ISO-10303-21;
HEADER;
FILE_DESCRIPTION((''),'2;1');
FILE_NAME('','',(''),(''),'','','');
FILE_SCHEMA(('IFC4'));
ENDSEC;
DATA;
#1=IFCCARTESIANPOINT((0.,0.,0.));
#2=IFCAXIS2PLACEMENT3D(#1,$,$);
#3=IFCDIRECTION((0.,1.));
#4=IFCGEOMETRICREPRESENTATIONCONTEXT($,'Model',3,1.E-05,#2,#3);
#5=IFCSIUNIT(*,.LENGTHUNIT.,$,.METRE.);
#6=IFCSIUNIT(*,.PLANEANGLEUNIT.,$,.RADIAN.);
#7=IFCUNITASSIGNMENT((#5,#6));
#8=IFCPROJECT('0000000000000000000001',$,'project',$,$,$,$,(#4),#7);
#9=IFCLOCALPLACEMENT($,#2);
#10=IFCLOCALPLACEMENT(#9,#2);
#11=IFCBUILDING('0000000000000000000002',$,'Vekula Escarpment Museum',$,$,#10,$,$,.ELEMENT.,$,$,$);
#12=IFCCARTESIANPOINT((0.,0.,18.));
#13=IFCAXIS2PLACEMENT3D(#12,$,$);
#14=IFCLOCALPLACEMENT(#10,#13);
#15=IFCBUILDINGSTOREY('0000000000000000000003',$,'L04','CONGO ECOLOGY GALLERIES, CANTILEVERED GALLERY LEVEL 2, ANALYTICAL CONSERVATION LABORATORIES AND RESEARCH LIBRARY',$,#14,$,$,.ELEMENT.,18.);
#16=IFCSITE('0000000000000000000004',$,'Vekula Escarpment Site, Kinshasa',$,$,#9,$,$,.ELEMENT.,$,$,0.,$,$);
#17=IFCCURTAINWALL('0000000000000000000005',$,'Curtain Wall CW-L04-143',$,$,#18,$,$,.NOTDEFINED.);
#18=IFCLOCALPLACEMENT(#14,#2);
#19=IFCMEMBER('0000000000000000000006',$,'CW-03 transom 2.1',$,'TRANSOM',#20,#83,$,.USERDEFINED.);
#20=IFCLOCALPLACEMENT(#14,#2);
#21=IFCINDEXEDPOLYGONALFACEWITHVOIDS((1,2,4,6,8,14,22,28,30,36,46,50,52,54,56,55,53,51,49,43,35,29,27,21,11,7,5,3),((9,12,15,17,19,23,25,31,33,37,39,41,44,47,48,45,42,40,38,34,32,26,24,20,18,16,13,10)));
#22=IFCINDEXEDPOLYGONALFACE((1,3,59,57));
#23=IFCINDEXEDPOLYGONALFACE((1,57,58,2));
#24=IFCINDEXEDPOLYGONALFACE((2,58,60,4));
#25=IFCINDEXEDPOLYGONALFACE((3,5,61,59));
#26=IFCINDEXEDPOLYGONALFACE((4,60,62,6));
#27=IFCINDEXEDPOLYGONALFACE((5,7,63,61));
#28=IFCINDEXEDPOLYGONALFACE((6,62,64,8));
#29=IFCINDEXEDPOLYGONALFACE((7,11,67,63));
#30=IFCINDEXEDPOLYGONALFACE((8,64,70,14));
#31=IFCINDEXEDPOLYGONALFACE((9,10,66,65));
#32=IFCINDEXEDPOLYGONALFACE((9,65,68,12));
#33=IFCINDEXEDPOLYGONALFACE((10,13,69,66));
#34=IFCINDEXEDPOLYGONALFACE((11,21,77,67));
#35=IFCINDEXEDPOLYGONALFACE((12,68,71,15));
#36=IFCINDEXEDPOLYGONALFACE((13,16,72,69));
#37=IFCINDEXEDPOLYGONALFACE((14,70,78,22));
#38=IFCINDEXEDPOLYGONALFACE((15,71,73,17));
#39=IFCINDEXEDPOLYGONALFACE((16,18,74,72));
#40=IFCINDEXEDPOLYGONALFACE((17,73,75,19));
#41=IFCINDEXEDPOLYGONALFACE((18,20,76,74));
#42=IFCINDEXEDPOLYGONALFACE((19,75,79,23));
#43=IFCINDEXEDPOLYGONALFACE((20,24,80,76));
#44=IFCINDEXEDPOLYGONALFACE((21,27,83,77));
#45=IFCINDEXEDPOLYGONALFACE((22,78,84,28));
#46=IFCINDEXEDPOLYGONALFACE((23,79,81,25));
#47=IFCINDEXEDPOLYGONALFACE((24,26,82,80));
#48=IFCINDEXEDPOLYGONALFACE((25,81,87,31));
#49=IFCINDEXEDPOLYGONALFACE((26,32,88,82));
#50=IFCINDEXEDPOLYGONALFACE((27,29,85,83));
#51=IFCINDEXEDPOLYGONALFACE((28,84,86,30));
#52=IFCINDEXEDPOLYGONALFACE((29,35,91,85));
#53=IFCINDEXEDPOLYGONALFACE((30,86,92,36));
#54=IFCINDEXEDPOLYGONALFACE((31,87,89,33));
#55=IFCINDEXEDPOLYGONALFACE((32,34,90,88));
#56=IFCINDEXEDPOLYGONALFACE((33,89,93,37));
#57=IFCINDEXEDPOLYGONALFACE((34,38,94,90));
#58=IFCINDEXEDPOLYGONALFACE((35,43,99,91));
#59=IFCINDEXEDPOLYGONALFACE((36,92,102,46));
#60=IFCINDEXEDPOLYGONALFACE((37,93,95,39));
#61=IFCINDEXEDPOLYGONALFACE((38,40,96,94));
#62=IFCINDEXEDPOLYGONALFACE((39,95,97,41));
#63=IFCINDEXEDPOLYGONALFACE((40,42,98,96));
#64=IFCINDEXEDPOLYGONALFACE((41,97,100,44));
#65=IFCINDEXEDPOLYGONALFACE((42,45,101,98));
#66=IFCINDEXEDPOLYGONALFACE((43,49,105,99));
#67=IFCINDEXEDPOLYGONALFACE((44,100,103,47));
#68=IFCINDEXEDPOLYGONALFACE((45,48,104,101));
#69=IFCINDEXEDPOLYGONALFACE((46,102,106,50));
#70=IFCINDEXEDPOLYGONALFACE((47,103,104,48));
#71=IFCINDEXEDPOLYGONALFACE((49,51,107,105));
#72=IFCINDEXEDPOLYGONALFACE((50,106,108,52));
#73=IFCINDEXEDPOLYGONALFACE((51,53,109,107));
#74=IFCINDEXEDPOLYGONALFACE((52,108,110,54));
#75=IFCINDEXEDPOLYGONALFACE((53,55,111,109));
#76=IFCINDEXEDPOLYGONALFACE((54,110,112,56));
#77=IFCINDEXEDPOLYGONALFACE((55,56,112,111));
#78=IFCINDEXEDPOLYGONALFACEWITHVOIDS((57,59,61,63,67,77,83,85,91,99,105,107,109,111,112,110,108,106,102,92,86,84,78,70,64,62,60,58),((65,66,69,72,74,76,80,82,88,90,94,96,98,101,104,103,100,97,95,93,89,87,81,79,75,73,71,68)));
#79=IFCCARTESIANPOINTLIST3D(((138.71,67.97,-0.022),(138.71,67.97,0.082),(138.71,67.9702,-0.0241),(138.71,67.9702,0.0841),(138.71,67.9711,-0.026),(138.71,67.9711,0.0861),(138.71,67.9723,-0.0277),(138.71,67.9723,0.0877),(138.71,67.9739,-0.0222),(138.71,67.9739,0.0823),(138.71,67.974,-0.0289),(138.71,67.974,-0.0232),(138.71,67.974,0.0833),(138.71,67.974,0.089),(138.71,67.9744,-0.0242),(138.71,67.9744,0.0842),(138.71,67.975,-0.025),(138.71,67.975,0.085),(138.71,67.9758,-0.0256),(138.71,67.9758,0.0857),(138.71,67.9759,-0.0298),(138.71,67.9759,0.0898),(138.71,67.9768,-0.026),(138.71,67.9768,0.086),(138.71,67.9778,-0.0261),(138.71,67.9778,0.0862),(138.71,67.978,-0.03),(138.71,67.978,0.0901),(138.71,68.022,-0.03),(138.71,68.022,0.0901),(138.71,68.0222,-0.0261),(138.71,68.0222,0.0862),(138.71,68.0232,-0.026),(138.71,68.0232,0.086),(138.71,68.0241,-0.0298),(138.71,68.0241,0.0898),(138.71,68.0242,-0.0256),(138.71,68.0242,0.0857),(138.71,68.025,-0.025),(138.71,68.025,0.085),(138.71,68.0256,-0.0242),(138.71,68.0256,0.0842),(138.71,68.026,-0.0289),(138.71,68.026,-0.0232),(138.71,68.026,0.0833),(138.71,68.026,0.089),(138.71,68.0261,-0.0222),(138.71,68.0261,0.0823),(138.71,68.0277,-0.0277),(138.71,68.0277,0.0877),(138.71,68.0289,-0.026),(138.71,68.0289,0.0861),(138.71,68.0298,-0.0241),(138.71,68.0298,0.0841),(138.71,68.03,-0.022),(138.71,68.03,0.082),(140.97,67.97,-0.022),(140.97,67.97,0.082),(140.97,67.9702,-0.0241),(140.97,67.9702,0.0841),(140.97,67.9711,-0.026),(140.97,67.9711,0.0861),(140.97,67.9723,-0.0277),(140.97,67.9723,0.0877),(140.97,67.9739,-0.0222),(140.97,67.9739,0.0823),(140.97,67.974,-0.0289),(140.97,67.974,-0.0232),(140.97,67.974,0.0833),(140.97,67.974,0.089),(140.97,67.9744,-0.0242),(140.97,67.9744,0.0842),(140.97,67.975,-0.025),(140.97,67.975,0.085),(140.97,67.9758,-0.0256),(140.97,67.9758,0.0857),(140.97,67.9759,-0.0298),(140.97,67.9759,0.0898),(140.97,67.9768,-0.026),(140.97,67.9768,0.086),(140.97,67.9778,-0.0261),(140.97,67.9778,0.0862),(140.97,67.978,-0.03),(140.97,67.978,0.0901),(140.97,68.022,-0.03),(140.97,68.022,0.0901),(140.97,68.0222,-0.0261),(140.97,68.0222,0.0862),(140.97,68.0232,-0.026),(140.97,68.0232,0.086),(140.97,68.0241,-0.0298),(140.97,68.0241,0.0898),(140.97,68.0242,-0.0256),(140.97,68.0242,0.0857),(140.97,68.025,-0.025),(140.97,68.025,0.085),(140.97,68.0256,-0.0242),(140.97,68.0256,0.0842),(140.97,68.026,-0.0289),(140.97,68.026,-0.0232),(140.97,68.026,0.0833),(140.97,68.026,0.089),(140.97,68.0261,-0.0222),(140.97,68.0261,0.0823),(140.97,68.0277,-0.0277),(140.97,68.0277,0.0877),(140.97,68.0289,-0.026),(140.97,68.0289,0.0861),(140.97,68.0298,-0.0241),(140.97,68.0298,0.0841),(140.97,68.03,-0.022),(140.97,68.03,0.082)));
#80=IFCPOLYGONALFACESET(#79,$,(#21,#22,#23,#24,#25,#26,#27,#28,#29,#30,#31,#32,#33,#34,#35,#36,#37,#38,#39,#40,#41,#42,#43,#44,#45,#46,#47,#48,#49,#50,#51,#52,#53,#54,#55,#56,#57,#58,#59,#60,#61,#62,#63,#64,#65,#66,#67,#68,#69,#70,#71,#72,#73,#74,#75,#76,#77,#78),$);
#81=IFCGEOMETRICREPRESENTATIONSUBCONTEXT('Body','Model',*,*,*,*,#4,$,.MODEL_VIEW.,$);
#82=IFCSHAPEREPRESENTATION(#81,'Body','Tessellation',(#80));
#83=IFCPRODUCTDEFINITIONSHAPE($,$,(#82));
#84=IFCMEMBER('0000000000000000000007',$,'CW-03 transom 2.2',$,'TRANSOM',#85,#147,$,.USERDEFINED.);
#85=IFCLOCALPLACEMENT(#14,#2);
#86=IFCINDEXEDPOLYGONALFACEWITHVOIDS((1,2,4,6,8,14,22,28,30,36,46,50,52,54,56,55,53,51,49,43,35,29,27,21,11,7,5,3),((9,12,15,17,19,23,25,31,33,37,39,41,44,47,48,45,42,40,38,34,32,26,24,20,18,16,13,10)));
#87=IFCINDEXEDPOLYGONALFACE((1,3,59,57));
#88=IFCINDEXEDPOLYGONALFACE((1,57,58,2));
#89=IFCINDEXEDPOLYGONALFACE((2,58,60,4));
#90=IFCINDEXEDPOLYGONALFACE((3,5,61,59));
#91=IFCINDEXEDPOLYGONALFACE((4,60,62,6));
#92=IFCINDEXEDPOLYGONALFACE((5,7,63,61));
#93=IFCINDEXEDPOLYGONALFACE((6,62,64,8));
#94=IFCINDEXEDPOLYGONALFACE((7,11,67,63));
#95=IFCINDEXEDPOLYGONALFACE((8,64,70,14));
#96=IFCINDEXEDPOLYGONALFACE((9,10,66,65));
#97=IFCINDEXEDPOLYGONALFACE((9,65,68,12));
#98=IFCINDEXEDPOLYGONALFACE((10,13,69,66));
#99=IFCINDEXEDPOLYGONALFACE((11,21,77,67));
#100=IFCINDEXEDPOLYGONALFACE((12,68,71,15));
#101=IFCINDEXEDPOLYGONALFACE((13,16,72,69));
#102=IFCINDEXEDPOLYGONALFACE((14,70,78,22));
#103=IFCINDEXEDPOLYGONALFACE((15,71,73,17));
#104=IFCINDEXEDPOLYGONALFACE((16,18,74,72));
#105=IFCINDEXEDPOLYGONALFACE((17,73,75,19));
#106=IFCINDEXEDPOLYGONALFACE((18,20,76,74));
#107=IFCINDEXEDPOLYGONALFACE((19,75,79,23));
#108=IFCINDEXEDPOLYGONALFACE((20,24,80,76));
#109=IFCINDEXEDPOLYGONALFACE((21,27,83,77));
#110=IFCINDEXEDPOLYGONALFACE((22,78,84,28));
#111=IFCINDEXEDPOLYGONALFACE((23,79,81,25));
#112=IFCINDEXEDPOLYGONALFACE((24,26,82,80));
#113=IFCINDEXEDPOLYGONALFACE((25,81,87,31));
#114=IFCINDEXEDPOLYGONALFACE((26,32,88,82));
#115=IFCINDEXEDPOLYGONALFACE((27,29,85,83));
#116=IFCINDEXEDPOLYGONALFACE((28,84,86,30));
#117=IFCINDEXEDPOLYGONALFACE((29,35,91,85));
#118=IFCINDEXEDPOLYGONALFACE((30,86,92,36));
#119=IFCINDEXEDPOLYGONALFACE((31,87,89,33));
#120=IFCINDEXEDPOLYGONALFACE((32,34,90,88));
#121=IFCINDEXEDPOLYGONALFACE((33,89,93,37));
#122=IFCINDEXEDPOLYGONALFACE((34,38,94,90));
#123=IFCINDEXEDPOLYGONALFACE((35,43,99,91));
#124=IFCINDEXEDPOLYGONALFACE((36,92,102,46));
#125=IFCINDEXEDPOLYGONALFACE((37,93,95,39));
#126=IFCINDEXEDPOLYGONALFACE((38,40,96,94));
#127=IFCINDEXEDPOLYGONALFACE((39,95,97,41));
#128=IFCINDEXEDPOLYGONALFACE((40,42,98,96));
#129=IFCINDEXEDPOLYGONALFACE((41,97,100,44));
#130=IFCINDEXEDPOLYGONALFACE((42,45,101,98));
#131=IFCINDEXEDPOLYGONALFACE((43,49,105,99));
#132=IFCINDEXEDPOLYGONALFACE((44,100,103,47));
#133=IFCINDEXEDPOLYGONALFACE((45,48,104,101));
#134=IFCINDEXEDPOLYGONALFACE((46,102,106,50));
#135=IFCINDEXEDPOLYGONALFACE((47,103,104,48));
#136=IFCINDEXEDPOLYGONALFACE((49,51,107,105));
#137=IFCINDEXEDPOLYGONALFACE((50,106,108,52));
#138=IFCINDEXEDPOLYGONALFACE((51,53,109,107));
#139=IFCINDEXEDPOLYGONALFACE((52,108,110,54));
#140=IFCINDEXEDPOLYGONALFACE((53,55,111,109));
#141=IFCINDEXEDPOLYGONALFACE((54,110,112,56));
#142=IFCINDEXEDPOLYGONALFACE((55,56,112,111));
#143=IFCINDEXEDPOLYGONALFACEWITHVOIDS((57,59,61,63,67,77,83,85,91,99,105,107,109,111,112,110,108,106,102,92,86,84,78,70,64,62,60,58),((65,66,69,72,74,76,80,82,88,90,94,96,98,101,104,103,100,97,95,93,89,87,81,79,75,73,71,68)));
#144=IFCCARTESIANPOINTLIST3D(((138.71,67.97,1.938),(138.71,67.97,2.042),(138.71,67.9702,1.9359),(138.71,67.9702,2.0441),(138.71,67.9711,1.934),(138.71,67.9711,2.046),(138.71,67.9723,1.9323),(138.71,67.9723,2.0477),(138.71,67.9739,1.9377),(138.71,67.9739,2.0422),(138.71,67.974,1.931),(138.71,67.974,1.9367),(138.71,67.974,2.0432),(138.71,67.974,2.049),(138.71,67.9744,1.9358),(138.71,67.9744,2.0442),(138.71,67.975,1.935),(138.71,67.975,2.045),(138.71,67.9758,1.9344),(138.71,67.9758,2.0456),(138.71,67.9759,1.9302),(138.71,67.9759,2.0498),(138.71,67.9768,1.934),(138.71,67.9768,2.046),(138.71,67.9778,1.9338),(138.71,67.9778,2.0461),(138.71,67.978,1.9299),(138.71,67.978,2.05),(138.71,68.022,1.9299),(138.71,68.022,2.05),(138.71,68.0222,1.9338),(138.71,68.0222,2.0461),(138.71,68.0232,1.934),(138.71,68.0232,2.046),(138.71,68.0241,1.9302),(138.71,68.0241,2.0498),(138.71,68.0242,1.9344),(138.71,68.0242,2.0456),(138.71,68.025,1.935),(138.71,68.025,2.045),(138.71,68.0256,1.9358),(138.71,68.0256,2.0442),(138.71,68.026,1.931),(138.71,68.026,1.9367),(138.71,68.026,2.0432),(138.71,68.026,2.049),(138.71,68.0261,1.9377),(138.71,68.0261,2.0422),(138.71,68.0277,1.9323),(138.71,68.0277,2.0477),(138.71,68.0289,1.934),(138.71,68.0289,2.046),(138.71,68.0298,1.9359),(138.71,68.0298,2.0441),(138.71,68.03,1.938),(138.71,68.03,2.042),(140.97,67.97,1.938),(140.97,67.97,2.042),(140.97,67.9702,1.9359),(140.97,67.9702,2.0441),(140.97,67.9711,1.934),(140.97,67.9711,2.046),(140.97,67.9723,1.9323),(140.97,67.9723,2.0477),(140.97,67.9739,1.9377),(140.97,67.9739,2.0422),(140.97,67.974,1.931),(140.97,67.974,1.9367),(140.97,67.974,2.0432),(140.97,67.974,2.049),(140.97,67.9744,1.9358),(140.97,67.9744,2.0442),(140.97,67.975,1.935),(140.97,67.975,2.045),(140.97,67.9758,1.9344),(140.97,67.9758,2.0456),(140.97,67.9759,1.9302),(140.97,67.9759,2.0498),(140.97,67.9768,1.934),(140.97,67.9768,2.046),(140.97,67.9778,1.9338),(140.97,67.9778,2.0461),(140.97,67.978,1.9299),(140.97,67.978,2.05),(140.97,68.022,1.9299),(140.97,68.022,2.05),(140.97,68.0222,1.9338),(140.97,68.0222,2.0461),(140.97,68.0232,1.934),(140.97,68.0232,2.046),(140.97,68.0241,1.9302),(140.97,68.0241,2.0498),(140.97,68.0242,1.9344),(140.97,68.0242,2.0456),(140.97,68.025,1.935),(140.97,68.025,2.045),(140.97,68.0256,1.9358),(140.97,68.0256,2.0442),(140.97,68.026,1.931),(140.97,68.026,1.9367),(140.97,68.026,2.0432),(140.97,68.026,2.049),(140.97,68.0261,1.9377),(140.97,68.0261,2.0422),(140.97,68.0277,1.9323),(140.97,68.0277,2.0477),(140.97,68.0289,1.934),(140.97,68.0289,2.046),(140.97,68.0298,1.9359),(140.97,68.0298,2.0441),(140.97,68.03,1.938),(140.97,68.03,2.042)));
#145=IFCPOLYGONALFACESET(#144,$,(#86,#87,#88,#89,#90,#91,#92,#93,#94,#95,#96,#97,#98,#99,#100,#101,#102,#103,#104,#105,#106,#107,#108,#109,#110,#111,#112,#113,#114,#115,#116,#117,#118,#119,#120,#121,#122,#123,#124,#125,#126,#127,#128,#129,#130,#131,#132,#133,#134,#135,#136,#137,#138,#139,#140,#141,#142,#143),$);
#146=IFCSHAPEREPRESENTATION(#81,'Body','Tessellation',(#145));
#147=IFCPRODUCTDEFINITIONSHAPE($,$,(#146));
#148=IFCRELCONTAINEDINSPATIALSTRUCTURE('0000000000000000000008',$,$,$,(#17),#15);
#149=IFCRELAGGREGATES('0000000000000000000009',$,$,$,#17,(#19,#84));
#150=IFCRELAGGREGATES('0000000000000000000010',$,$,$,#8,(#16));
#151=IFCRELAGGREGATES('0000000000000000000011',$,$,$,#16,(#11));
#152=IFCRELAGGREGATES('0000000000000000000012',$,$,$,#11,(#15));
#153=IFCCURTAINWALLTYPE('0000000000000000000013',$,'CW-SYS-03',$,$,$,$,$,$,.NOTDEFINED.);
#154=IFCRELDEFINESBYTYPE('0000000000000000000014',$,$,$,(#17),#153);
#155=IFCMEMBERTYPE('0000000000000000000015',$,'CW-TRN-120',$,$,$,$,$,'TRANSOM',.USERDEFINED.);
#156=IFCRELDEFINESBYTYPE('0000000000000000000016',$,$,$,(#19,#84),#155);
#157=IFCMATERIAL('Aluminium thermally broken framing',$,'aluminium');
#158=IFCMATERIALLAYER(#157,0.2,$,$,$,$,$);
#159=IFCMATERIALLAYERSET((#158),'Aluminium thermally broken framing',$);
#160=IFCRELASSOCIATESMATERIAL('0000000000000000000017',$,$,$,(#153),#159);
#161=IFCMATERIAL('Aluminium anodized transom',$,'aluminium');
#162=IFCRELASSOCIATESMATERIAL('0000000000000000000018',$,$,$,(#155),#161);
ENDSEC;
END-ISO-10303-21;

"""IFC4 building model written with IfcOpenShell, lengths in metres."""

from ifc_helpers import new_model, si_unit, direction, frame, origin, origin_2d, place, context, subcontext, project, spatial, hollow_rectangle, extrude, material, layer, layer_set, material_profile, profile_set, type_object, element, aggregate, save


model = new_model("IFC4")

# Units and contexts
model_context = context("Model", 3, precision=1e-05, world=origin(), true_north=direction((0.0, 1.0)))
body_context = subcontext(model_context, "Body", "Model", "MODEL_VIEW")
ifc_project = project(units=[si_unit("LENGTHUNIT", "METRE"), si_unit("PLANEANGLEUNIT", "RADIAN")], contexts=[model_context])

# Site, building, storey
site_placement = place(None, origin())
site = spatial("IfcSite", under=ifc_project, at=site_placement, Name="Vekula Escarpment Site, Kinshasa", CompositionType="ELEMENT", RefElevation=0.0)
building_placement = place(site_placement, origin())
building = spatial("IfcBuilding", under=site, at=building_placement, Name="Vekula Escarpment Museum", CompositionType="ELEMENT")
storey_placement = place(building_placement, frame((0.0, 0.0, 18.0)))
storey = spatial("IfcBuildingStorey", under=building, at=storey_placement, Name="L04", Description="CONGO ECOLOGY GALLERIES, CANTILEVERED GALLERY LEVEL 2, ANALYTICAL CONSERVATION LABORATORIES AND RESEARCH LIBRARY", CompositionType="ELEMENT", Elevation=18.0)

# Curtain wall, members
ifc_material_1 = material(Name="Aluminium thermally broken framing", Category="aluminium")
ifc_layer_1 = layer(ifc_material_1, 0.2)
ifc_layer_set_1 = layer_set([ifc_layer_1], Name="Aluminium thermally broken framing")
curtain_wall_type = type_object("IfcCurtainWallType", Name="CW-SYS-03", PredefinedType="NOTDEFINED", material=ifc_layer_set_1)
curtain_wall_placement = place(storey_placement, origin())
curtain_wall = element("IfcCurtainWall", 1, at=curtain_wall_placement, inside=storey, type_object=curtain_wall_type, Name="Curtain Wall CW-L04-143", PredefinedType="NOTDEFINED")
ifc_material_2 = material(Name="Aluminium anodized transom", Category="aluminium")
ifc_material_profile_1 = material_profile(ifc_material_2, hollow_rectangle(XDim=0.0601, YDim=0.1201, WallThickness=0.0039, InnerFilletRadius=0.0039, OuterFilletRadius=0.0081, at=origin_2d()), Name="ALU 120x60x4")
ifc_profile_set_1 = profile_set([ifc_material_profile_1], Name="Aluminium anodized transom")
member_type_1 = type_object("IfcMemberType", Name="CW-TRN-120", ElementType="TRANSOM", PredefinedType="USERDEFINED", material=ifc_profile_set_1)
member_1_placement = place(storey_placement, frame((138.71, 68.0, 0.03), z_axis=(1.0, 0.0, 0.0), x_axis=(0.0, 1.0, 0.0)))
member_1 = element("IfcMember", 2, at=member_1_placement, type_object=member_type_1, Name="CW-03 transom 2.1", ObjectType="TRANSOM", PredefinedType="USERDEFINED", context=body_context, shape_type="SweptSolid", body=[
    extrude(hollow_rectangle(XDim=0.0601, YDim=0.1201, WallThickness=0.0039, InnerFilletRadius=0.0039, OuterFilletRadius=0.0081, at=origin_2d()), origin(), (0.0, 0.0, 1.0), 2.26),
])
member_2_placement = place(storey_placement, frame((138.71, 68.0, 1.99), z_axis=(1.0, 0.0, 0.0), x_axis=(0.0, 1.0, 0.0)))
member_2 = element("IfcMember", 3, at=member_2_placement, type_object=member_type_1, Name="CW-03 transom 2.2", ObjectType="TRANSOM", PredefinedType="USERDEFINED", context=body_context, shape_type="SweptSolid", body=[
    extrude(hollow_rectangle(XDim=0.0601, YDim=0.1201, WallThickness=0.0039, InnerFilletRadius=0.0039, OuterFilletRadius=0.0081, at=origin_2d()), origin(), (0.0, 0.0, 1.0), 2.26),
])

aggregate(curtain_wall, [member_1, member_2])

save(model, "model.ifc")
